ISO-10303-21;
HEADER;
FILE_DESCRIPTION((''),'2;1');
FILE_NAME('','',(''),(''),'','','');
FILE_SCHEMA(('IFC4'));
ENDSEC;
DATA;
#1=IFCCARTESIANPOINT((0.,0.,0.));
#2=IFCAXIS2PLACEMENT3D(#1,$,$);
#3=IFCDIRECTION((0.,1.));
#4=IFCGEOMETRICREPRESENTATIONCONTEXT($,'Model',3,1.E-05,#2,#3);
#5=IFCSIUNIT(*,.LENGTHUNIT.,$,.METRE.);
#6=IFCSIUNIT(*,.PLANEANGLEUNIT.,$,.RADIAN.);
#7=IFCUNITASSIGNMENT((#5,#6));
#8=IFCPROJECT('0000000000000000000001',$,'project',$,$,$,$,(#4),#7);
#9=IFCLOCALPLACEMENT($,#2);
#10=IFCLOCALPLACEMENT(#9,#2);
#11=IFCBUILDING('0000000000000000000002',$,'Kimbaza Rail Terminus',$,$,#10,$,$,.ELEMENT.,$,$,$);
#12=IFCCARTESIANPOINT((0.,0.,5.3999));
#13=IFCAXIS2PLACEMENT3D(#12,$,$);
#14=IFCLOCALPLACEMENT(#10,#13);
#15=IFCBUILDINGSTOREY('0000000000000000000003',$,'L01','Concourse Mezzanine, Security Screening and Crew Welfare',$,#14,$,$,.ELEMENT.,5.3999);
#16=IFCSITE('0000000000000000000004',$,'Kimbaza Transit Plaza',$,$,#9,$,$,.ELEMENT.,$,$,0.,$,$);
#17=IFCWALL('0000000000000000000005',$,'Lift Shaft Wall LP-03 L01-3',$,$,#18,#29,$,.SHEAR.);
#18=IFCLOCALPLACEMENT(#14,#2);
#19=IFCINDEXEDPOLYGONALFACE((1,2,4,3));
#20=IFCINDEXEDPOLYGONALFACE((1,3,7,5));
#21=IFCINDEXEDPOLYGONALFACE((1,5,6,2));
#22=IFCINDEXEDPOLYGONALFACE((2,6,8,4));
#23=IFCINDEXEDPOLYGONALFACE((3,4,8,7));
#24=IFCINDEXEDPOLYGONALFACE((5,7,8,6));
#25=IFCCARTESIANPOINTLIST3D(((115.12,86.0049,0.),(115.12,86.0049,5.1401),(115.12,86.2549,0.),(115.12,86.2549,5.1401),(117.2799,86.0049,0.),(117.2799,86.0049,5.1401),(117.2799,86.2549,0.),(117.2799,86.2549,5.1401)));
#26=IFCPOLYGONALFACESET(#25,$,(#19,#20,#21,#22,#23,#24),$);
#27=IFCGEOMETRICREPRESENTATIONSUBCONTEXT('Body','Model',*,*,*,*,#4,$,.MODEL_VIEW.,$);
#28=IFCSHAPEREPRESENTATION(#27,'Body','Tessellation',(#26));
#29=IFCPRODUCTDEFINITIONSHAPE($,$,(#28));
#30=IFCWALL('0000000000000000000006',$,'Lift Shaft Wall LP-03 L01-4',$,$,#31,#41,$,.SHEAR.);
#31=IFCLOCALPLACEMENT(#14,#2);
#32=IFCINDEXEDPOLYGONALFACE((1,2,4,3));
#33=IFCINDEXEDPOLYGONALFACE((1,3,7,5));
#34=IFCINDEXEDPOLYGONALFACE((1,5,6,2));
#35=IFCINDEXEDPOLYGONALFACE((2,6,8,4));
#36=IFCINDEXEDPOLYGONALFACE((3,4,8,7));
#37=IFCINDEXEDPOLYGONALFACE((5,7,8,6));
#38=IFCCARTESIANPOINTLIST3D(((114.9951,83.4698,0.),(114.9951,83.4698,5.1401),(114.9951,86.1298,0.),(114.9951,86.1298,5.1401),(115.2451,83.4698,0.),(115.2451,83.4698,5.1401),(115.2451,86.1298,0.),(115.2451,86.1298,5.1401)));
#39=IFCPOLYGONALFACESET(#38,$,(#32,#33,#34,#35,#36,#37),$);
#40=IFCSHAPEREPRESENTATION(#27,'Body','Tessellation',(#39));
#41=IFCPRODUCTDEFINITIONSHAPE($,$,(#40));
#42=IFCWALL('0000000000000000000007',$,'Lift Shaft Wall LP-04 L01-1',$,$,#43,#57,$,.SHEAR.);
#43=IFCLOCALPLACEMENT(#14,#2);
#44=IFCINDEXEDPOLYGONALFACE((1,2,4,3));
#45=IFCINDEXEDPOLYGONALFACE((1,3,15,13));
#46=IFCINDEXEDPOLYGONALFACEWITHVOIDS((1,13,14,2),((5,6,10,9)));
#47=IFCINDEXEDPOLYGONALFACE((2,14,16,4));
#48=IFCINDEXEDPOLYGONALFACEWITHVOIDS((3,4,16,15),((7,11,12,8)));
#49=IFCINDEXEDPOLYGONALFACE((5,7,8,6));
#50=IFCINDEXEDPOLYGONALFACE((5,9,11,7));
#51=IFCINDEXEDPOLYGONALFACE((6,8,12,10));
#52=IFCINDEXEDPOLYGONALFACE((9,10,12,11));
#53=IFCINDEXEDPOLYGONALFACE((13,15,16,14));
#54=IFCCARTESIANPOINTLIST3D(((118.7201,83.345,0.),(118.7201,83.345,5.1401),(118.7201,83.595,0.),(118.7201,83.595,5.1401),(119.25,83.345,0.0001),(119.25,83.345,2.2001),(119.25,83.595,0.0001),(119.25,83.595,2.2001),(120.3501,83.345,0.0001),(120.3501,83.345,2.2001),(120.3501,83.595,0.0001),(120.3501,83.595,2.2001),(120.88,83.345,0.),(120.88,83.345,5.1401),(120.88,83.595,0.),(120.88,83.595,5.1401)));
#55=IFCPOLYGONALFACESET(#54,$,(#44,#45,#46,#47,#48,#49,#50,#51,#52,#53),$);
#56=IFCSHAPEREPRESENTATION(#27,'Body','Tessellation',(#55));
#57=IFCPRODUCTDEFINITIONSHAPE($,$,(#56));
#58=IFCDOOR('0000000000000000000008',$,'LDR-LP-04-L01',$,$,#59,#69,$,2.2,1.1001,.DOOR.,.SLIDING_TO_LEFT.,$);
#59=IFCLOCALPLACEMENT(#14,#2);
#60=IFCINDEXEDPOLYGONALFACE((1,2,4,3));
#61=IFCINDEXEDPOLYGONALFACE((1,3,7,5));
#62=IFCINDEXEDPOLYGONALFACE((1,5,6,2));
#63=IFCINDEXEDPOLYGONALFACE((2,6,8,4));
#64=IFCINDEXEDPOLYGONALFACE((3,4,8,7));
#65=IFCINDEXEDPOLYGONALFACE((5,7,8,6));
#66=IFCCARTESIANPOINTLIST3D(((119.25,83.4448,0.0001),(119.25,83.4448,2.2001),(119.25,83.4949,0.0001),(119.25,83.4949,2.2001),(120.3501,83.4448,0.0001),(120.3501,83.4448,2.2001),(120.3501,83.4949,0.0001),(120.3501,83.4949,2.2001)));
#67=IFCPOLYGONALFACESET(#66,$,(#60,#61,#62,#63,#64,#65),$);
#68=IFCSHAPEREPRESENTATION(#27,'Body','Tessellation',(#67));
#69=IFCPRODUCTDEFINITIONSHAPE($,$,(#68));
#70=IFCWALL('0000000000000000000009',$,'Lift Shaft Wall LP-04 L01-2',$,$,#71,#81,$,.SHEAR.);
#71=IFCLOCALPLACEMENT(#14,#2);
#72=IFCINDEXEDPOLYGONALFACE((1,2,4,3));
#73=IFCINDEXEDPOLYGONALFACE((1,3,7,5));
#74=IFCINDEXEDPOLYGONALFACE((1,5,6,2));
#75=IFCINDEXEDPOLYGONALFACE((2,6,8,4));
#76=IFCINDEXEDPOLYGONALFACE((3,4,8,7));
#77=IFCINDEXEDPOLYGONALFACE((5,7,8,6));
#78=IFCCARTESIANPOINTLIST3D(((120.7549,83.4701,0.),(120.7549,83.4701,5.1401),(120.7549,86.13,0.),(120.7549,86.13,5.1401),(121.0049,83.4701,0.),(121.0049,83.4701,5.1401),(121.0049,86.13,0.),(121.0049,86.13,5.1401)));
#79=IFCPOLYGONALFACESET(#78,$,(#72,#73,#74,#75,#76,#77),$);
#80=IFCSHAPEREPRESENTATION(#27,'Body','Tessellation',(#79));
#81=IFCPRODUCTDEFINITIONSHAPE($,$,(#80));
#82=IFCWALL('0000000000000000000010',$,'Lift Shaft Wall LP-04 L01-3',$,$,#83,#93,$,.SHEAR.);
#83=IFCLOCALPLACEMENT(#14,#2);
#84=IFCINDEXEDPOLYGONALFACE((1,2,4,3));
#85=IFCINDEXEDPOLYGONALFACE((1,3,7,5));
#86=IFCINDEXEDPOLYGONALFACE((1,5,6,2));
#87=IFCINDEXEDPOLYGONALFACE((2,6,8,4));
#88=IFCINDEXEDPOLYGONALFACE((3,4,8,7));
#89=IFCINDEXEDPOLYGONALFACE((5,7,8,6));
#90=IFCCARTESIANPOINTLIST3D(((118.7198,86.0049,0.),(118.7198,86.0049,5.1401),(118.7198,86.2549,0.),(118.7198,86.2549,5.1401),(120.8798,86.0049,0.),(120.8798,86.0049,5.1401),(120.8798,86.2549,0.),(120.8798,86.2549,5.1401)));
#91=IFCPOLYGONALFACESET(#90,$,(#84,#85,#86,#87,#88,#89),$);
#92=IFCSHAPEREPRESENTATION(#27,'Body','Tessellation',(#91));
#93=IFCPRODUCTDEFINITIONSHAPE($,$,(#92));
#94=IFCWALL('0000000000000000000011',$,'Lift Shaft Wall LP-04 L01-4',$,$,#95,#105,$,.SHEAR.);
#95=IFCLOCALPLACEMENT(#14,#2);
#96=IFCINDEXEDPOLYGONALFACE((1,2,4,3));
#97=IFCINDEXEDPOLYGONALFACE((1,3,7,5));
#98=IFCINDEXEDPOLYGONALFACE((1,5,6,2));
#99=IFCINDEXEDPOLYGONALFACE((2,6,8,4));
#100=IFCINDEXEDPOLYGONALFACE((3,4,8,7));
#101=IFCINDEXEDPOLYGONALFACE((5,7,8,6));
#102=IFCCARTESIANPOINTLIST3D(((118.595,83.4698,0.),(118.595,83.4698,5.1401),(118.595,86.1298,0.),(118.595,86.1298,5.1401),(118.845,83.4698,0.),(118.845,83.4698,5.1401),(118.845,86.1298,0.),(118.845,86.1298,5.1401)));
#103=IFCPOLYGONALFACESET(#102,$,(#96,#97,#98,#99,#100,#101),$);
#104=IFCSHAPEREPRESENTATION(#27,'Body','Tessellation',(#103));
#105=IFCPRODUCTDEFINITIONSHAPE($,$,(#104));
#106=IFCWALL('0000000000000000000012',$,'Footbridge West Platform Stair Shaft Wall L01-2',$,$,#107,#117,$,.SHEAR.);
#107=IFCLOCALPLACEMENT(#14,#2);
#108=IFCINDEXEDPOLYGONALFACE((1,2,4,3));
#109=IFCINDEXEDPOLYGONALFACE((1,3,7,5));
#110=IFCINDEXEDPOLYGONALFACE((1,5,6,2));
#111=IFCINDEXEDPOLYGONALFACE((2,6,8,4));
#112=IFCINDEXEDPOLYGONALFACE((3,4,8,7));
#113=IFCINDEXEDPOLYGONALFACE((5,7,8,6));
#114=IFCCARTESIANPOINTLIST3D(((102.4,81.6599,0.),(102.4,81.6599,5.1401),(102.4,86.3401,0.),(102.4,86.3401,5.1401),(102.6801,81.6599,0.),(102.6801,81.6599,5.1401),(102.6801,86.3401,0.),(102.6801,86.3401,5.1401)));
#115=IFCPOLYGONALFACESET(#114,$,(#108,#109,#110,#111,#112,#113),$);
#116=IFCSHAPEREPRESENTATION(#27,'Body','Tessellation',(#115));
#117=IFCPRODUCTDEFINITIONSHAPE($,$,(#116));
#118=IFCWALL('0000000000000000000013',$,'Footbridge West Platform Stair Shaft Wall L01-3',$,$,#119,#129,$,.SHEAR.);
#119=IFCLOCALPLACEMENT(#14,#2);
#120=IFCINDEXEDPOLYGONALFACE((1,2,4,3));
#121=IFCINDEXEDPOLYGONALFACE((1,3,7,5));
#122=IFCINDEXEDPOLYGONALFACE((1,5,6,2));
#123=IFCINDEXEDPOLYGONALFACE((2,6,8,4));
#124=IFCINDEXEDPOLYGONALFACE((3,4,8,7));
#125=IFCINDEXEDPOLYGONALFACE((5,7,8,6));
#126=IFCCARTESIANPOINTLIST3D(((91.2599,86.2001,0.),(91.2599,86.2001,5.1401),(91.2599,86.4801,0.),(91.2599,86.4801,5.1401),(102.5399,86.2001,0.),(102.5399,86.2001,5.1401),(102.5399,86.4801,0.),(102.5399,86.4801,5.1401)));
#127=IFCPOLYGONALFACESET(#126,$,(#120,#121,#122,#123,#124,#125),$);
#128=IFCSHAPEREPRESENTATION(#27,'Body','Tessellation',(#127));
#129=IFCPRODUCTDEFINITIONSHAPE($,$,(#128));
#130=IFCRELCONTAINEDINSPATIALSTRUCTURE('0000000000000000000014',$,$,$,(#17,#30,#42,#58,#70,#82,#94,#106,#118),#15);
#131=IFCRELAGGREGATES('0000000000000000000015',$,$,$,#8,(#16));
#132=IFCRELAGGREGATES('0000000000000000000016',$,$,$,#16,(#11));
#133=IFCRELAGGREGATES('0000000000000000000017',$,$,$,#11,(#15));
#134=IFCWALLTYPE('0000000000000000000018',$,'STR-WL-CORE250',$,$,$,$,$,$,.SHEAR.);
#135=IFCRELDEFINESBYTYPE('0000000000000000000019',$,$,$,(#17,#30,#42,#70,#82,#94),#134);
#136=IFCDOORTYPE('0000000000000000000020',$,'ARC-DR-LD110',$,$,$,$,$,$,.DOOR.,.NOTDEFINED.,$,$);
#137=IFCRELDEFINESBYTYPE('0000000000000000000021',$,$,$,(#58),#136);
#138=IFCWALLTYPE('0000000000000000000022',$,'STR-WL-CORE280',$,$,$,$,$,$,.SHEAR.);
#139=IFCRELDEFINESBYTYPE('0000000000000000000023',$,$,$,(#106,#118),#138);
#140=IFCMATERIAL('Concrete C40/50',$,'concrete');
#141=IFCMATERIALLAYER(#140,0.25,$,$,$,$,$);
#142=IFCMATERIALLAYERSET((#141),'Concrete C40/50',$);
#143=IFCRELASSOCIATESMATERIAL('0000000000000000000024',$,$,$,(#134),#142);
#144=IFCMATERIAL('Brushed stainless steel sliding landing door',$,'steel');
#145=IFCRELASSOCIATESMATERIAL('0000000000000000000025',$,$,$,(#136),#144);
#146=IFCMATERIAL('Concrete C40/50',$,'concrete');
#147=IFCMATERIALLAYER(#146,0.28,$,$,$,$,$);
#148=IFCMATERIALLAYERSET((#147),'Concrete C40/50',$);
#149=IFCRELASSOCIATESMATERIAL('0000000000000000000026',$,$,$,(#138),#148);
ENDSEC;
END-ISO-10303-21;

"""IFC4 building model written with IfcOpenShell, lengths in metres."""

from ifc_helpers import new_model, si_unit, direction, frame, frame_2d, origin, place, context, subcontext, project, spatial, rectangle, extrude, material, layer, layer_set, type_object, element, fill, save


model = new_model("IFC4")

# Units and contexts
model_context = context("Model", 3, precision=1e-05, world=origin(), true_north=direction((0.0, 1.0)))
body_context = subcontext(model_context, "Body", "Model", "MODEL_VIEW")
ifc_project = project(units=[si_unit("LENGTHUNIT", "METRE"), si_unit("PLANEANGLEUNIT", "RADIAN")], contexts=[model_context])

# Site, building, storey
site_placement = place(None, origin())
site = spatial("IfcSite", under=ifc_project, at=site_placement, Name="Kimbaza Transit Plaza", CompositionType="ELEMENT", RefElevation=0.0)
building_placement = place(site_placement, origin())
building = spatial("IfcBuilding", under=site, at=building_placement, Name="Kimbaza Rail Terminus", CompositionType="ELEMENT")
storey_placement = place(building_placement, frame((0.0, 0.0, 5.3999)))
storey = spatial("IfcBuildingStorey", under=building, at=storey_placement, Name="L01", Description="Concourse Mezzanine, Security Screening and Crew Welfare", CompositionType="ELEMENT", Elevation=5.3999)

# Shared definitions
ifc_material_1 = material(Name="Concrete C40/50", Category="concrete")
ifc_layer_1 = layer(ifc_material_1, 0.25)
ifc_layer_set_1 = layer_set([ifc_layer_1], Name="Concrete C40/50")
wall_type_1 = type_object("IfcWallType", Name="STR-WL-CORE250", PredefinedType="SHEAR", material=ifc_layer_set_1)
ifc_material_2 = material(Name="Brushed stainless steel sliding landing door", Category="steel")
door_type = type_object("IfcDoorType", Name="ARC-DR-LD110", OperationType="NOTDEFINED", PredefinedType="DOOR", material=ifc_material_2)

# Walls
wall_1_placement = place(storey_placement, frame((117.28, 86.1299, 0.0), z_axis=(0.0, 0.0, 1.0), x_axis=(-1.0, 0.0, 0.0)))
element("IfcWall", 1, at=wall_1_placement, inside=storey, type_object=wall_type_1, Name="Lift Shaft Wall LP-03 L01-3", PredefinedType="SHEAR", context=body_context, shape_type="SweptSolid", body=[
    extrude(rectangle(XDim=2.1599, YDim=0.25, at=frame_2d((1.0801, 0.0))), origin(), (0.0, 0.0, 1.0), 5.1401),
])
wall_2_placement = place(storey_placement, frame((115.1201, 86.1299, 0.0), z_axis=(0.0, 0.0, 1.0), x_axis=(0.0, -1.0, 0.0)))
element("IfcWall", 2, at=wall_2_placement, inside=storey, type_object=wall_type_1, Name="Lift Shaft Wall LP-03 L01-4", PredefinedType="SHEAR", context=body_context, shape_type="SweptSolid", body=[
    extrude(rectangle(XDim=2.6599, YDim=0.25, at=frame_2d((1.3301, 0.0))), origin(), (0.0, 0.0, 1.0), 5.1401),
])

# Wall, opening, door
wall_3_placement = place(storey_placement, frame((118.72, 83.47, 0.0), z_axis=(0.0, 0.0, 1.0), x_axis=(1.0, 0.0, 0.0)))
wall_3 = element("IfcWall", 3, at=wall_3_placement, inside=storey, type_object=wall_type_1, Name="Lift Shaft Wall LP-04 L01-1", PredefinedType="SHEAR", context=body_context, shape_type="SweptSolid", body=[
    extrude(rectangle(XDim=2.1599, YDim=0.25, at=frame_2d((1.0801, 0.0))), origin(), (0.0, 0.0, 1.0), 5.1401),
])
opening_1_placement = place(wall_3_placement, frame((0.53, 0.0, 0.0)))
opening_1 = element("IfcOpeningElement", 4, at=opening_1_placement, cuts=wall_3, PredefinedType="OPENING", context=body_context, shape_type="SweptSolid", body=[
    extrude(rectangle(XDim=1.1001, YDim=2.2, at=frame_2d((0.55, 1.1001))), frame((0.0, 0.135, 0.0), z_axis=(0.0, -1.0, 0.0), x_axis=(1.0, 0.0, 0.0)), (0.0, 0.0, 1.0), 0.27),
])
door_1_placement = place(opening_1_placement, origin())
door_1 = element("IfcDoor", 5, at=door_1_placement, inside=storey, type_object=door_type, Name="LDR-LP-04-L01", OperationType="SLIDING_TO_LEFT", OverallHeight=2.2, OverallWidth=1.1001, PredefinedType="DOOR", context=body_context, shape_type="SweptSolid", body=[
    extrude(rectangle(XDim=1.1001, YDim=2.2, at=frame_2d((0.55, 1.1001))), frame((0.0, 0.0249, 0.0), z_axis=(0.0, -1.0, 0.0), x_axis=(1.0, 0.0, 0.0)), (0.0, 0.0, 1.0), 0.05),
])
fill(opening_1, door_1)

# Walls
wall_4_placement = place(storey_placement, frame((120.8799, 83.47, 0.0), z_axis=(0.0, 0.0, 1.0), x_axis=(0.0, 1.0, 0.0)))
element("IfcWall", 6, at=wall_4_placement, inside=storey, type_object=wall_type_1, Name="Lift Shaft Wall LP-04 L01-2", PredefinedType="SHEAR", context=body_context, shape_type="SweptSolid", body=[
    extrude(rectangle(XDim=2.6599, YDim=0.25, at=frame_2d((1.3301, 0.0))), origin(), (0.0, 0.0, 1.0), 5.1401),
])
wall_5_placement = place(storey_placement, frame((120.8799, 86.1299, 0.0), z_axis=(0.0, 0.0, 1.0), x_axis=(-1.0, 0.0, 0.0)))
element("IfcWall", 7, at=wall_5_placement, inside=storey, type_object=wall_type_1, Name="Lift Shaft Wall LP-04 L01-3", PredefinedType="SHEAR", context=body_context, shape_type="SweptSolid", body=[
    extrude(rectangle(XDim=2.1599, YDim=0.25, at=frame_2d((1.0801, 0.0))), origin(), (0.0, 0.0, 1.0), 5.1401),
])
wall_6_placement = place(storey_placement, frame((118.72, 86.1299, 0.0), z_axis=(0.0, 0.0, 1.0), x_axis=(0.0, -1.0, 0.0)))
element("IfcWall", 8, at=wall_6_placement, inside=storey, type_object=wall_type_1, Name="Lift Shaft Wall LP-04 L01-4", PredefinedType="SHEAR", context=body_context, shape_type="SweptSolid", body=[
    extrude(rectangle(XDim=2.6599, YDim=0.25, at=frame_2d((1.3301, 0.0))), origin(), (0.0, 0.0, 1.0), 5.1401),
])
ifc_material_3 = material(Name="Concrete C40/50", Category="concrete")
ifc_layer_2 = layer(ifc_material_3, 0.28)
ifc_layer_set_2 = layer_set([ifc_layer_2], Name="Concrete C40/50")
wall_type_2 = type_object("IfcWallType", Name="STR-WL-CORE280", PredefinedType="SHEAR", material=ifc_layer_set_2)
wall_7_placement = place(storey_placement, frame((102.54, 81.6599, 0.0), z_axis=(0.0, 0.0, 1.0), x_axis=(0.0, 1.0, 0.0)))
element("IfcWall", 9, at=wall_7_placement, inside=storey, type_object=wall_type_2, Name="Footbridge West Platform Stair Shaft Wall L01-2", PredefinedType="SHEAR", context=body_context, shape_type="SweptSolid", body=[
    extrude(rectangle(XDim=4.6802, YDim=0.28, at=frame_2d((2.3401, 0.0))), origin(), (0.0, 0.0, 1.0), 5.1401),
])
wall_8_placement = place(storey_placement, frame((102.54, 86.3401, 0.0), z_axis=(0.0, 0.0, 1.0), x_axis=(-1.0, 0.0, 0.0)))
element("IfcWall", 10, at=wall_8_placement, inside=storey, type_object=wall_type_2, Name="Footbridge West Platform Stair Shaft Wall L01-3", PredefinedType="SHEAR", context=body_context, shape_type="SweptSolid", body=[
    extrude(rectangle(XDim=11.28, YDim=0.28, at=frame_2d((5.6401, 0.0))), origin(), (0.0, 0.0, 1.0), 5.1401),
])

save(model, "model.ifc")
